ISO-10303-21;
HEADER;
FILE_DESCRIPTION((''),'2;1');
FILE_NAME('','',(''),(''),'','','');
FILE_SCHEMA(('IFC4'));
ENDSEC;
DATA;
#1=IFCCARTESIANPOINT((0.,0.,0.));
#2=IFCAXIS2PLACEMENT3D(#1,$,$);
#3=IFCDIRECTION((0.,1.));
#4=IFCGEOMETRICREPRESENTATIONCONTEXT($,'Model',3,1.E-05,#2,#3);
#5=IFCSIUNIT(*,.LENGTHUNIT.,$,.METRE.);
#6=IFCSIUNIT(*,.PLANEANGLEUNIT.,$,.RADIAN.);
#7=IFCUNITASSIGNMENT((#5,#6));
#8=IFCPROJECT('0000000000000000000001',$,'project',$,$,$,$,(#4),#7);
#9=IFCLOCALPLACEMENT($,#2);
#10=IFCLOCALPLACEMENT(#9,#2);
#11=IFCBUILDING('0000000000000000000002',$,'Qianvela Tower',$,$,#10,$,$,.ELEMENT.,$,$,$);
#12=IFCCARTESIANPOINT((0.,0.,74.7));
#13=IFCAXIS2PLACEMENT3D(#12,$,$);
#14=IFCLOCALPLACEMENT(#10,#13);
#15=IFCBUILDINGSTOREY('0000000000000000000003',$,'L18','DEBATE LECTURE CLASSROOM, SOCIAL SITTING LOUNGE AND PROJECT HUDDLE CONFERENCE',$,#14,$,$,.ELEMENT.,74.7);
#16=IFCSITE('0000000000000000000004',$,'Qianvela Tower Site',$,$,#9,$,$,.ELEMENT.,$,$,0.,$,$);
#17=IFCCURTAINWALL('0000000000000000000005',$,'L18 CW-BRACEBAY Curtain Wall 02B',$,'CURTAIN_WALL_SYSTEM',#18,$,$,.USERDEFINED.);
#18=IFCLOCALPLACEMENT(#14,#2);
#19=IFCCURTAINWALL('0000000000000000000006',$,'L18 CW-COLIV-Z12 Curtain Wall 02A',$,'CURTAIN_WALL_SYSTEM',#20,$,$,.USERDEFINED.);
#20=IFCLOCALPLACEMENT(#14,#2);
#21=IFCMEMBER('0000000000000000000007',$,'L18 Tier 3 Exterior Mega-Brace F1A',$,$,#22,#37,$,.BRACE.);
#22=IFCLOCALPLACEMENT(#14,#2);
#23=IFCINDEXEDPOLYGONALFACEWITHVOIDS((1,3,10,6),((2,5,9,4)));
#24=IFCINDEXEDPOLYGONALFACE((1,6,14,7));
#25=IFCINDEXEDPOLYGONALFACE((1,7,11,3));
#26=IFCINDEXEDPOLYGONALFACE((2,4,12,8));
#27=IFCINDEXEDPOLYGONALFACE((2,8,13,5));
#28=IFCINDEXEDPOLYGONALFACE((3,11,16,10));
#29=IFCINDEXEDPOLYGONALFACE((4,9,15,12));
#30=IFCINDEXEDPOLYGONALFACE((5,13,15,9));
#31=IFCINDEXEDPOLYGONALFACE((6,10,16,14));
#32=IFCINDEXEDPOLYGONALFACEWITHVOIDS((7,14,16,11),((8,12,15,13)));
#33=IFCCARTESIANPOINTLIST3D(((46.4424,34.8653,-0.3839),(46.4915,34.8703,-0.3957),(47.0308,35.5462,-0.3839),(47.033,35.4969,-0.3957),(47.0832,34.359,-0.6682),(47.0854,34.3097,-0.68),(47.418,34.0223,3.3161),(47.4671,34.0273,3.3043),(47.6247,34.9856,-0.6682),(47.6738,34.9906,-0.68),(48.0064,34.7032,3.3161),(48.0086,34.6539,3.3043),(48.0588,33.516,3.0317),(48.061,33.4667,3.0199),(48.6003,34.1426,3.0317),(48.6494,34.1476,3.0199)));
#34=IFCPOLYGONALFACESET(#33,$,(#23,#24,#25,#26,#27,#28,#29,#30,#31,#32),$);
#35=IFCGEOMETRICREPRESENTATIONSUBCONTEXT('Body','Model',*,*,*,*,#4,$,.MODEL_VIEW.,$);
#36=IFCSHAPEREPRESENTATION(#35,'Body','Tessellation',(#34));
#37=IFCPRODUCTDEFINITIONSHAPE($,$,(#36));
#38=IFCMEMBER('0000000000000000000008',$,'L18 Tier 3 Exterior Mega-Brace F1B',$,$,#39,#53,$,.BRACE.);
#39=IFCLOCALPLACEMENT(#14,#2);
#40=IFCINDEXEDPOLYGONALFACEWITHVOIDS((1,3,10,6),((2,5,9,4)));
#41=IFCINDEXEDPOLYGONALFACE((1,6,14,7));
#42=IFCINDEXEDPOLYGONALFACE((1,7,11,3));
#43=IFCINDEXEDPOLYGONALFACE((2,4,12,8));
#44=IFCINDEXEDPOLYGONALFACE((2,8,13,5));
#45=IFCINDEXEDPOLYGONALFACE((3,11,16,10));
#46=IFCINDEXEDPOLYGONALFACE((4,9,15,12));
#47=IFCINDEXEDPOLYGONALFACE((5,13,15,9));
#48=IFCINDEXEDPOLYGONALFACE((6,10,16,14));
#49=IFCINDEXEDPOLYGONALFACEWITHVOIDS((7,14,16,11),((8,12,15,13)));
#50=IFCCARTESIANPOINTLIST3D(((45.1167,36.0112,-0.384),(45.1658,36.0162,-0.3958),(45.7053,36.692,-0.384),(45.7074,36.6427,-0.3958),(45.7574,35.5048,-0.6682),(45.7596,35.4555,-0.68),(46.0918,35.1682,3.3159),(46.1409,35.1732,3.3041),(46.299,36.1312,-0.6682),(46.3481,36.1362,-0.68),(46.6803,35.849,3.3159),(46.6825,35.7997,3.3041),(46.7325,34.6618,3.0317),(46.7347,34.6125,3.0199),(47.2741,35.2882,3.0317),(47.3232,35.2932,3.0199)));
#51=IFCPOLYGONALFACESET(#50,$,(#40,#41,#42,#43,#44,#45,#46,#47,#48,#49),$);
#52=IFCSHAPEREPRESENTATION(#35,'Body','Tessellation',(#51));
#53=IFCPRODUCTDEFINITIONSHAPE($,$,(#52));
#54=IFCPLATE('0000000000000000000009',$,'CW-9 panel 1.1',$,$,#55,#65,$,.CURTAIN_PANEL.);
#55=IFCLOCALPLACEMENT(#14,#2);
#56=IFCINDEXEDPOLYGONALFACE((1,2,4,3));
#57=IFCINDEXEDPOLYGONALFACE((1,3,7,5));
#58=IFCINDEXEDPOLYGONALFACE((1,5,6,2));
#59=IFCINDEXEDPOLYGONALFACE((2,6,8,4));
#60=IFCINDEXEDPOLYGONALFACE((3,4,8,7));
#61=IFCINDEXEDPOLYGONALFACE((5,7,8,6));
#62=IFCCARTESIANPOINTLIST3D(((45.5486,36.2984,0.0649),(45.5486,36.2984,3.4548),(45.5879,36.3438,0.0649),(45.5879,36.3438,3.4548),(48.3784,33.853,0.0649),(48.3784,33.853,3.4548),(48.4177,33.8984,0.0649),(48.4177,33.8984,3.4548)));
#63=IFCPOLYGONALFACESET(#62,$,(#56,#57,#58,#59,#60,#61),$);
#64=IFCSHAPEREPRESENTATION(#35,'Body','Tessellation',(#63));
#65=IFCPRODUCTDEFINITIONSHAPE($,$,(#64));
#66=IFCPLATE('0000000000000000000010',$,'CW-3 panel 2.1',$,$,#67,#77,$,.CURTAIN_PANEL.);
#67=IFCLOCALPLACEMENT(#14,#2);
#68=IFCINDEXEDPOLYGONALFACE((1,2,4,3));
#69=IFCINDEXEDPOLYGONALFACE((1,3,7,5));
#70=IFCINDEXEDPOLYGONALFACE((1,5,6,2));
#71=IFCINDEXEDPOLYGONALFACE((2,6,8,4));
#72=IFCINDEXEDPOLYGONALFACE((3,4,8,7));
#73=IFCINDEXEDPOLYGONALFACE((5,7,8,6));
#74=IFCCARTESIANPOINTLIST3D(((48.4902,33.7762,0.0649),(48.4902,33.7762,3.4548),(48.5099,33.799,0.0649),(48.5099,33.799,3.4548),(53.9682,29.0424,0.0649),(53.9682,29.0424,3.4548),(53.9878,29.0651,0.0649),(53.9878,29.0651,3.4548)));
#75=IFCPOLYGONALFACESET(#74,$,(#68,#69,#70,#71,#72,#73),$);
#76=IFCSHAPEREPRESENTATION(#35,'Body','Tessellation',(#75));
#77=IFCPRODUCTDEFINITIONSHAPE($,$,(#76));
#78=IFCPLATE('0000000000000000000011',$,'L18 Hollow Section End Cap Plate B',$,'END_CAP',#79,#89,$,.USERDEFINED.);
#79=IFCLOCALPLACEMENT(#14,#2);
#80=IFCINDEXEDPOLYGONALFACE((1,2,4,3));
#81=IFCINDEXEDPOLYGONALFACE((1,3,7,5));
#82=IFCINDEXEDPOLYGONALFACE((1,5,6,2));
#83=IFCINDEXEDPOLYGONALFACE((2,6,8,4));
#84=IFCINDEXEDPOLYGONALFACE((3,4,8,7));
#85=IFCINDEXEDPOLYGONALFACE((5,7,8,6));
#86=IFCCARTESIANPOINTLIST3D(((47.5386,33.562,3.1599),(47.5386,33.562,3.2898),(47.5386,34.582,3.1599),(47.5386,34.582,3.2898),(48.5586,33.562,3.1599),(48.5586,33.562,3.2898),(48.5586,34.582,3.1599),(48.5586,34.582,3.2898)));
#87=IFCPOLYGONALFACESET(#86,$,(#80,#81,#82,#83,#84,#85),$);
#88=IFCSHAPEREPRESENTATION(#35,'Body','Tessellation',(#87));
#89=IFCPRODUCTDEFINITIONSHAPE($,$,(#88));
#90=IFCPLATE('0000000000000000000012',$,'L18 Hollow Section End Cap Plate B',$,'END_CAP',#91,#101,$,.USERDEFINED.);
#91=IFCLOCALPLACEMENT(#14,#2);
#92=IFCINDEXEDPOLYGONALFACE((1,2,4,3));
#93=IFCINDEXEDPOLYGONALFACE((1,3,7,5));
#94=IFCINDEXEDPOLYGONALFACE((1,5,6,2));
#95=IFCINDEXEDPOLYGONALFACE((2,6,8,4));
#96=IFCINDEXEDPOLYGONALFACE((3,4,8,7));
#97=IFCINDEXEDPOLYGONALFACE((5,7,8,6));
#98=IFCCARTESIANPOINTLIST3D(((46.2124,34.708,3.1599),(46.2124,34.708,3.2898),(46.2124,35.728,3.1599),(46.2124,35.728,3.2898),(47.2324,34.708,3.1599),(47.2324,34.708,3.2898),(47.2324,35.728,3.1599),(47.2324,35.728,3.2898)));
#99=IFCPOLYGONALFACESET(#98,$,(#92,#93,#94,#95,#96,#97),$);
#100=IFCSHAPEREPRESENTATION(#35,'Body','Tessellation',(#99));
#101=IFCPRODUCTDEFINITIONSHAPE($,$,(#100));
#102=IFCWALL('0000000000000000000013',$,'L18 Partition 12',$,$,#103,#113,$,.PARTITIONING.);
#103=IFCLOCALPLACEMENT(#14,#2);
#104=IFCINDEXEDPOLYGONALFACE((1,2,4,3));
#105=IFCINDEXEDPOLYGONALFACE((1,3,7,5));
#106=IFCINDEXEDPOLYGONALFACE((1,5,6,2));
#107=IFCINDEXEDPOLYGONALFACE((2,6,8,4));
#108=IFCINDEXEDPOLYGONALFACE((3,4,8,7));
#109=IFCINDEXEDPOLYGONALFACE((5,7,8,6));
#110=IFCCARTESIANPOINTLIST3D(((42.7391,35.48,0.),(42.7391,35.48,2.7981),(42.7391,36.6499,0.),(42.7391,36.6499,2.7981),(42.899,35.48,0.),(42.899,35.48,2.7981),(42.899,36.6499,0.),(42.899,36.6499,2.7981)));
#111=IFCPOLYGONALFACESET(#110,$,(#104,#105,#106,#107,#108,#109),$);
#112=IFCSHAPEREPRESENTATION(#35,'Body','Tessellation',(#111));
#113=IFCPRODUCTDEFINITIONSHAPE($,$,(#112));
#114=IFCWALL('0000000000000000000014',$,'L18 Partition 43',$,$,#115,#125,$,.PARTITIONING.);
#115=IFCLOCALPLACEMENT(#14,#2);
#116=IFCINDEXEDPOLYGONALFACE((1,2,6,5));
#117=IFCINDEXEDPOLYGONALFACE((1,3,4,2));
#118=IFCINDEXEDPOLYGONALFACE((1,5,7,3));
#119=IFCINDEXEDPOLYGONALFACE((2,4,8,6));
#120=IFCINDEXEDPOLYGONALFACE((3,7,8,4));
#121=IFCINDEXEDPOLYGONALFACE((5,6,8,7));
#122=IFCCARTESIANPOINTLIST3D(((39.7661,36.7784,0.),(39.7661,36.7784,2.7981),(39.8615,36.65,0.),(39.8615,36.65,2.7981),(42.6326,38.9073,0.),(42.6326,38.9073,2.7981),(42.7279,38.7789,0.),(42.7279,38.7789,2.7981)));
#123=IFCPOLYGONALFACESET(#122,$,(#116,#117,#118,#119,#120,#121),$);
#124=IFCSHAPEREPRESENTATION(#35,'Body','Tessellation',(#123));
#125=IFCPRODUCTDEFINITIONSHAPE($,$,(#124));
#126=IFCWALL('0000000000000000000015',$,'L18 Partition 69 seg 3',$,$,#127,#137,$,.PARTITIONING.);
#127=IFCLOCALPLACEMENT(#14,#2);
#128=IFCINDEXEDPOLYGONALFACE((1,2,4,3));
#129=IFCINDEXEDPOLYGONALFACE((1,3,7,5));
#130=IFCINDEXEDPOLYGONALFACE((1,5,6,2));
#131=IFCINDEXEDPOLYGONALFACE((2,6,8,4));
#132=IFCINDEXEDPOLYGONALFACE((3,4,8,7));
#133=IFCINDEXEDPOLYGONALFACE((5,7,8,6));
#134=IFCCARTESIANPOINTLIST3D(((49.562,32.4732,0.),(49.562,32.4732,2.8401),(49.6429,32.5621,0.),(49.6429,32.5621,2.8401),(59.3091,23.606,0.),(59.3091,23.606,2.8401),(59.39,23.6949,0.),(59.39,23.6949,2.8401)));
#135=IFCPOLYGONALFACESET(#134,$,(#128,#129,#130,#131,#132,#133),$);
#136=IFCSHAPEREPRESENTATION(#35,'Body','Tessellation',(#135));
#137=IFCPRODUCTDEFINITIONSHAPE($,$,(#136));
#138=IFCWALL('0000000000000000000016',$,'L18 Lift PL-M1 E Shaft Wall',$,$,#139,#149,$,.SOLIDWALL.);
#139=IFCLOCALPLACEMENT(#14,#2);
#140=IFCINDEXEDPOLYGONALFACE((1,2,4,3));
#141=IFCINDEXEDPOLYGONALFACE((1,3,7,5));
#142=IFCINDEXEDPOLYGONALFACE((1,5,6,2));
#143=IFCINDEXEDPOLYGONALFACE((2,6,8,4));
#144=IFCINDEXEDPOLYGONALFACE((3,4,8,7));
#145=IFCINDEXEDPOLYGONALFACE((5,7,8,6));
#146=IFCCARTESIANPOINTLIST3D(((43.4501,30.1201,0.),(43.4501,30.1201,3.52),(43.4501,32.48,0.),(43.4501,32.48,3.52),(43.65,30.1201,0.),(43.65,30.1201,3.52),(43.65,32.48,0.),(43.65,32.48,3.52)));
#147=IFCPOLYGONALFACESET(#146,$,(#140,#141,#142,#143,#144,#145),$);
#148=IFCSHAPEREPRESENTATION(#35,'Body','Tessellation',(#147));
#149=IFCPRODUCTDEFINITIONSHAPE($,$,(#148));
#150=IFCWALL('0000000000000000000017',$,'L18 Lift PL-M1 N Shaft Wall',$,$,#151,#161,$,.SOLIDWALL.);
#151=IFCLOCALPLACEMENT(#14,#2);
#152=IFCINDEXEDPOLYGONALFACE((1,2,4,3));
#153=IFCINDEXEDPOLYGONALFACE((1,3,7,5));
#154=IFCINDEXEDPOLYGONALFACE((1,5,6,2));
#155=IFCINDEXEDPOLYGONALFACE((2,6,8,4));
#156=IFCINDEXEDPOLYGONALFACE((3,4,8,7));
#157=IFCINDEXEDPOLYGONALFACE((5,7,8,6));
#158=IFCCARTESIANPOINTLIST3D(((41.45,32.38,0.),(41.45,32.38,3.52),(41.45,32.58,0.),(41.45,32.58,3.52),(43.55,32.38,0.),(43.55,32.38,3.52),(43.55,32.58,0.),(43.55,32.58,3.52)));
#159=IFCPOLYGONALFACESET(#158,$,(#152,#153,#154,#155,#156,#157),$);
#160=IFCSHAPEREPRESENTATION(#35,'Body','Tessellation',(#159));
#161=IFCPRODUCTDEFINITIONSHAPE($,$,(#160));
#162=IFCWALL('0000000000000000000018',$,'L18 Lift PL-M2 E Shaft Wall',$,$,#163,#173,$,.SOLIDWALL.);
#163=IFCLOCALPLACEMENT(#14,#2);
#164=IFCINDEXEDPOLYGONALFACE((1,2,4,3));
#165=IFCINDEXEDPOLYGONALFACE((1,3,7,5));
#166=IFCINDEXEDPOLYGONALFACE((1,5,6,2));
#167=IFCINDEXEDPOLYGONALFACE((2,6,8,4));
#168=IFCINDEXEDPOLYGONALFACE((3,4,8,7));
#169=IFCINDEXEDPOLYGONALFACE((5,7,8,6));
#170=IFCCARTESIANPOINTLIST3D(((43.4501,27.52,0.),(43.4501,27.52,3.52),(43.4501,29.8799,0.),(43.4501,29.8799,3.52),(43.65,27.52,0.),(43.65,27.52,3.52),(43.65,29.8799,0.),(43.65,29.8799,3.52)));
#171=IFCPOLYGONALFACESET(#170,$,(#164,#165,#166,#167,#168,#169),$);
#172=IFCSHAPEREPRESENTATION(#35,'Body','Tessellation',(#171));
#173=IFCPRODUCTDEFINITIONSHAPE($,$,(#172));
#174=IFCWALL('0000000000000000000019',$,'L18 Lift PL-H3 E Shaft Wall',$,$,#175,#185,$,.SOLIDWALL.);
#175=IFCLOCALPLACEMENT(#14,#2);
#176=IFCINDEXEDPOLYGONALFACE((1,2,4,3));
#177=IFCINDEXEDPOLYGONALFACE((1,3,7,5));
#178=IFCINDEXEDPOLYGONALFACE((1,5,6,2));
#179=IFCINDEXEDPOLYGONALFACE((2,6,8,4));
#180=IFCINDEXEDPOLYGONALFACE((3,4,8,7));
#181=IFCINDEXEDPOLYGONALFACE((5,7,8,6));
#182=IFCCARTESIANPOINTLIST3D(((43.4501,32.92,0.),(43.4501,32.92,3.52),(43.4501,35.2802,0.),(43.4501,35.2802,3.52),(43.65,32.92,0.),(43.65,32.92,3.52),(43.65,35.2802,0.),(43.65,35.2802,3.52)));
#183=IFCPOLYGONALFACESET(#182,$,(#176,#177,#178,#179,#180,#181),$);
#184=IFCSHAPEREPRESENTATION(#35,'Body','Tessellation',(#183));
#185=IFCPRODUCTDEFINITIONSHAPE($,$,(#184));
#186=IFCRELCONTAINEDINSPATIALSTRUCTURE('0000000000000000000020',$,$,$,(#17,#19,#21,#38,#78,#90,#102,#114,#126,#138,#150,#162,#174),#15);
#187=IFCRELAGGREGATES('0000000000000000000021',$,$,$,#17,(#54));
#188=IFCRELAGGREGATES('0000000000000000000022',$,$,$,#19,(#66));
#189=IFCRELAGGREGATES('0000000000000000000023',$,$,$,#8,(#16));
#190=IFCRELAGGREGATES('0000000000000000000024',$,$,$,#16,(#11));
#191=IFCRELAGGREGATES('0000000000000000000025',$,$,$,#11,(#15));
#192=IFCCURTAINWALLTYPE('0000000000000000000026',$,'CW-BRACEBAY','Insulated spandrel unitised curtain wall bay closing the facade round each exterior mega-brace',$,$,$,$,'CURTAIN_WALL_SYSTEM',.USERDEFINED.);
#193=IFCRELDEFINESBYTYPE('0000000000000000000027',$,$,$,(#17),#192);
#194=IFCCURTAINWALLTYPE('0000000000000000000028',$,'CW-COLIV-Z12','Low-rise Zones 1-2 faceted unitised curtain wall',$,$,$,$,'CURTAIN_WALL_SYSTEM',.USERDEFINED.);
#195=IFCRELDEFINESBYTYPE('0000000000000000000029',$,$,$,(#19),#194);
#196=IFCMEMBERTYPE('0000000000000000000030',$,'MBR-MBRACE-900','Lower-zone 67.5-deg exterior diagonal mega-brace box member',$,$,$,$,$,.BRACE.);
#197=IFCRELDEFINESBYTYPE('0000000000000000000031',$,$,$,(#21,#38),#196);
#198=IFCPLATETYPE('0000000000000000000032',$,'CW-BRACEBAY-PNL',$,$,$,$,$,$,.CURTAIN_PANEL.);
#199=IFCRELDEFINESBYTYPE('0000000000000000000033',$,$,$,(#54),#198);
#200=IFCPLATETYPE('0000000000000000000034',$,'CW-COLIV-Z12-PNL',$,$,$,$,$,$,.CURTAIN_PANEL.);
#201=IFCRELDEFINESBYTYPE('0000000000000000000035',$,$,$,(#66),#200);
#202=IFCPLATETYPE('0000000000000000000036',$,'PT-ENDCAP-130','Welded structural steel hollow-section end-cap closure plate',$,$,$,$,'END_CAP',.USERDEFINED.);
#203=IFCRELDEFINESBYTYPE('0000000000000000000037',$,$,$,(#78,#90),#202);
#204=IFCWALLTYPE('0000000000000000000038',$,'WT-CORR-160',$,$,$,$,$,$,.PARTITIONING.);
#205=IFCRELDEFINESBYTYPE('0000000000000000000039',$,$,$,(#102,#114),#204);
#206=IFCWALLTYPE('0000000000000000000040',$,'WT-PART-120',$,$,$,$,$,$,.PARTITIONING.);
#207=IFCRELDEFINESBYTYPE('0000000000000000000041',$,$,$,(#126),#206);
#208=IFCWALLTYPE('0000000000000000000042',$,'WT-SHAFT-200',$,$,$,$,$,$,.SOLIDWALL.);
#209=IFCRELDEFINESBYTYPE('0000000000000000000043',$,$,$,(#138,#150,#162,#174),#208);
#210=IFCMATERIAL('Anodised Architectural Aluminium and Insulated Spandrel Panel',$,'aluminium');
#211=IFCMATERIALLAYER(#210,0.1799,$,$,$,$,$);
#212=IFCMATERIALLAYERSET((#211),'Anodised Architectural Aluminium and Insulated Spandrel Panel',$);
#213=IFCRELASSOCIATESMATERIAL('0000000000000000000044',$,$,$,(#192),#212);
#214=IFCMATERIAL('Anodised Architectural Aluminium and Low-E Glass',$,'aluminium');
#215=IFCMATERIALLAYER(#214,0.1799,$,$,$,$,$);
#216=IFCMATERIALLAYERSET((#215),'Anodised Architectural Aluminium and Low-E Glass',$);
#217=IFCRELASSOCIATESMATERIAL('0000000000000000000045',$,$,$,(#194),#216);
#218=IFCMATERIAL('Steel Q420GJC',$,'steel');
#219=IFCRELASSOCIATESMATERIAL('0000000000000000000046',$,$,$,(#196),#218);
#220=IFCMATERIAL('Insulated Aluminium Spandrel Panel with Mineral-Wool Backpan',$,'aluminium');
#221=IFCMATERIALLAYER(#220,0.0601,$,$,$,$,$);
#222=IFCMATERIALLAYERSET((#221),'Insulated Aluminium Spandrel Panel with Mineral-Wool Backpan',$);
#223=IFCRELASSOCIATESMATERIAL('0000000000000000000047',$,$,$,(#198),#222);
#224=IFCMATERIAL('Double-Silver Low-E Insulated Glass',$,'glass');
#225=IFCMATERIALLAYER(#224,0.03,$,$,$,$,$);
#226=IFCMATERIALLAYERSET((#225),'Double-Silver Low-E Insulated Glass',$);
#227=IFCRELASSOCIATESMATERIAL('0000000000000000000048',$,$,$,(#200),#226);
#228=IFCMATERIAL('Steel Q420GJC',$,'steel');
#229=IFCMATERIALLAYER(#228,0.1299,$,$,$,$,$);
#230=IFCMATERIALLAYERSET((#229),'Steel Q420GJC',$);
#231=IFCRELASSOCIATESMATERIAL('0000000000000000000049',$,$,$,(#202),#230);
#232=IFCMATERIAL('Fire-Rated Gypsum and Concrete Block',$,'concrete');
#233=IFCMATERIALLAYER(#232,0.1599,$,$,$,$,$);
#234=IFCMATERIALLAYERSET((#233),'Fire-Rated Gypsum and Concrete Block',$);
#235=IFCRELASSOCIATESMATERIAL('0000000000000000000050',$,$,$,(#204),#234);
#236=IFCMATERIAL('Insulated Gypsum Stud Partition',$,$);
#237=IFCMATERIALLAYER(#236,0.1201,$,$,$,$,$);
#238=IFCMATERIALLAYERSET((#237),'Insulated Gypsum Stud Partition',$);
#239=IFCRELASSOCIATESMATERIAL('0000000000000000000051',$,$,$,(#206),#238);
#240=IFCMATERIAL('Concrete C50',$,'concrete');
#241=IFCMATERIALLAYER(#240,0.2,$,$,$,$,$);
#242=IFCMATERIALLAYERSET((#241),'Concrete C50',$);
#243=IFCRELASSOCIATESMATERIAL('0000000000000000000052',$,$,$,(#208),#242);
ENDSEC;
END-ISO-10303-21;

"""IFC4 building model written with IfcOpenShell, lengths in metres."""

from ifc_helpers import new_model, si_unit, direction, frame, frame_2d, origin, origin_2d, place, context, subcontext, project, spatial, rectangle, hollow_rectangle, extrude, material, layer, layer_set, material_profile, profile_set, type_object, element, aggregate, save


model = new_model("IFC4")

# Units and contexts
model_context = context("Model", 3, precision=1e-05, world=origin(), true_north=direction((0.0, 1.0)))
body_context = subcontext(model_context, "Body", "Model", "MODEL_VIEW")
ifc_project = project(units=[si_unit("LENGTHUNIT", "METRE"), si_unit("PLANEANGLEUNIT", "RADIAN")], contexts=[model_context])

# Site, building, storey
site_placement = place(None, origin())
site = spatial("IfcSite", under=ifc_project, at=site_placement, Name="Qianvela Tower Site", CompositionType="ELEMENT", RefElevation=0.0)
building_placement = place(site_placement, origin())
building = spatial("IfcBuilding", under=site, at=building_placement, Name="Qianvela Tower", CompositionType="ELEMENT")
storey_placement = place(building_placement, frame((0.0, 0.0, 74.7)))
storey = spatial("IfcBuildingStorey", under=building, at=storey_placement, Name="L18", Description="DEBATE LECTURE CLASSROOM, SOCIAL SITTING LOUNGE AND PROJECT HUDDLE CONFERENCE", CompositionType="ELEMENT", Elevation=74.7)

# Curtain walls
ifc_material_1 = material(Name="Anodised Architectural Aluminium and Insulated Spandrel Panel", Category="aluminium")
ifc_layer_1 = layer(ifc_material_1, 0.1799)
ifc_layer_set_1 = layer_set([ifc_layer_1], Name="Anodised Architectural Aluminium and Insulated Spandrel Panel")
curtain_wall_type_1 = type_object("IfcCurtainWallType", Name="CW-BRACEBAY", Description="Insulated spandrel unitised curtain wall bay closing the facade round each exterior mega-brace", ElementType="CURTAIN_WALL_SYSTEM", PredefinedType="USERDEFINED", material=ifc_layer_set_1)
curtain_wall_1_placement = place(storey_placement, origin())
curtain_wall_1 = element("IfcCurtainWall", 1, at=curtain_wall_1_placement, inside=storey, type_object=curtain_wall_type_1, Name="L18 CW-BRACEBAY Curtain Wall 02B", ObjectType="CURTAIN_WALL_SYSTEM", PredefinedType="USERDEFINED")
ifc_material_2 = material(Name="Anodised Architectural Aluminium and Low-E Glass", Category="aluminium")
ifc_layer_2 = layer(ifc_material_2, 0.1799)
ifc_layer_set_2 = layer_set([ifc_layer_2], Name="Anodised Architectural Aluminium and Low-E Glass")
curtain_wall_type_2 = type_object("IfcCurtainWallType", Name="CW-COLIV-Z12", Description="Low-rise Zones 1-2 faceted unitised curtain wall", ElementType="CURTAIN_WALL_SYSTEM", PredefinedType="USERDEFINED", material=ifc_layer_set_2)
curtain_wall_2_placement = place(storey_placement, origin())
curtain_wall_2 = element("IfcCurtainWall", 2, at=curtain_wall_2_placement, inside=storey, type_object=curtain_wall_type_2, Name="L18 CW-COLIV-Z12 Curtain Wall 02A", ObjectType="CURTAIN_WALL_SYSTEM", PredefinedType="USERDEFINED")

# Members
ifc_material_3 = material(Name="Steel Q420GJC", Category="steel")
ifc_material_profile_1 = material_profile(ifc_material_3, hollow_rectangle(XDim=0.8999, YDim=0.8999, WallThickness=0.0359, at=origin_2d()), Name="MBOX-900x900x36")
ifc_profile_set_1 = profile_set([ifc_material_profile_1], Name="Steel Q420GJC")
member_type_1 = type_object("IfcMemberType", Name="MBR-MBRACE-900", Description="Lower-zone 67.5-deg exterior diagonal mega-brace box member", PredefinedType="BRACE", material=ifc_profile_set_1)
member_1_placement = place(storey_placement, frame((47.0581, 34.928, -0.532), z_axis=(0.24899, -0.215156, 0.944305), x_axis=(0.653827, 0.756644, 0.0)))
element("IfcMember", 3, at=member_1_placement, inside=storey, type_object=member_type_1, Name="L18 Tier 3 Exterior Mega-Brace F1A", PredefinedType="BRACE", context=body_context, shape_type="SweptSolid", body=[
    extrude(hollow_rectangle(XDim=0.8999, YDim=0.8999, WallThickness=0.0359, at=origin_2d()), origin(), (0.0, 0.0, 1.0), 3.9182),
])
member_2_placement = place(storey_placement, frame((45.7324, 36.0737, -0.532), z_axis=(0.248873, -0.215162, 0.944334), x_axis=(0.654014, 0.756482, 0.0)))
element("IfcMember", 4, at=member_2_placement, inside=storey, type_object=member_type_1, Name="L18 Tier 3 Exterior Mega-Brace F1B", PredefinedType="BRACE", context=body_context, shape_type="SweptSolid", body=[
    extrude(hollow_rectangle(XDim=0.8999, YDim=0.8999, WallThickness=0.0359, at=origin_2d()), origin(), (0.0, 0.0, 1.0), 3.918),
])

# Plates
ifc_material_4 = material(Name="Insulated Aluminium Spandrel Panel with Mineral-Wool Backpan", Category="aluminium")
ifc_layer_3 = layer(ifc_material_4, 0.0601)
ifc_layer_set_3 = layer_set([ifc_layer_3], Name="Insulated Aluminium Spandrel Panel with Mineral-Wool Backpan")
plate_type_1 = type_object("IfcPlateType", Name="CW-BRACEBAY-PNL", PredefinedType="CURTAIN_PANEL", material=ifc_layer_set_3)
plate_1_placement = place(storey_placement, frame((46.9832, 35.0984, 0.0649), z_axis=(0.0, 0.0, 1.0), x_axis=(-0.75662, 0.653855, 0.0)))
plate_1 = element("IfcPlate", 5, at=plate_1_placement, type_object=plate_type_1, Name="CW-9 panel 1.1", PredefinedType="CURTAIN_PANEL", context=body_context, shape_type="SweptSolid", body=[
    extrude(rectangle(XDim=3.74, YDim=0.0601, at=origin_2d()), origin(), (0.0, 0.0, 1.0), 3.3899),
])
aggregate(curtain_wall_1, [plate_1])
ifc_material_5 = material(Name="Double-Silver Low-E Insulated Glass", Category="glass")
ifc_layer_4 = layer(ifc_material_5, 0.03)
ifc_layer_set_4 = layer_set([ifc_layer_4], Name="Double-Silver Low-E Insulated Glass")
plate_type_2 = type_object("IfcPlateType", Name="CW-COLIV-Z12-PNL", PredefinedType="CURTAIN_PANEL", material=ifc_layer_set_4)
plate_2_placement = place(storey_placement, frame((51.239, 31.4207, 0.0649), z_axis=(0.0, 0.0, 1.0), x_axis=(-0.756622, 0.653852, 0.0)))
plate_2 = element("IfcPlate", 6, at=plate_2_placement, type_object=plate_type_2, Name="CW-3 panel 2.1", PredefinedType="CURTAIN_PANEL", context=body_context, shape_type="SweptSolid", body=[
    extrude(rectangle(XDim=7.24, YDim=0.03, at=origin_2d()), origin(), (0.0, 0.0, 1.0), 3.3899),
])
aggregate(curtain_wall_2, [plate_2])

# Plates
ifc_material_6 = material(Name="Steel Q420GJC", Category="steel")
ifc_layer_5 = layer(ifc_material_6, 0.1299)
ifc_layer_set_5 = layer_set([ifc_layer_5], Name="Steel Q420GJC")
plate_type_3 = type_object("IfcPlateType", Name="PT-ENDCAP-130", Description="Welded structural steel hollow-section end-cap closure plate", ElementType="END_CAP", PredefinedType="USERDEFINED", material=ifc_layer_set_5)
for number, where, z_axis, x_axis, name in (
    (7, (48.0486, 34.072, 3.1599), (0.0, 0.0, 1.0), (1.0, 0.0, 0.0), "L18 Hollow Section End Cap Plate B"),
    (8, (46.7224, 35.218, 3.1599), (0.0, 0.0, 1.0), (1.0, 0.0, 0.0), "L18 Hollow Section End Cap Plate B"),
):
    element("IfcPlate", number, at=place(storey_placement, frame(where, z_axis=z_axis, x_axis=x_axis)), inside=storey, type_object=plate_type_3, Name=name, ObjectType="END_CAP", PredefinedType="USERDEFINED", context=body_context, shape_type="SweptSolid", body=[
        extrude(rectangle(XDim=1.02, YDim=1.02, at=origin_2d()), origin(), (0.0, 0.0, 1.0), 0.1299),
    ])

# Walls
ifc_material_7 = material(Name="Fire-Rated Gypsum and Concrete Block", Category="concrete")
ifc_layer_6 = layer(ifc_material_7, 0.1599)
ifc_layer_set_6 = layer_set([ifc_layer_6], Name="Fire-Rated Gypsum and Concrete Block")
wall_type_1 = type_object("IfcWallType", Name="WT-CORR-160", PredefinedType="PARTITIONING", material=ifc_layer_set_6)
wall_1_placement = place(storey_placement, frame((42.8191, 36.6499, 0.0), z_axis=(0.0, 0.0, 1.0), x_axis=(0.0, -1.0, 0.0)))
element("IfcWall", 9, at=wall_1_placement, inside=storey, type_object=wall_type_1, Name="L18 Partition 12", PredefinedType="PARTITIONING", context=body_context, shape_type="SweptSolid", body=[
    extrude(rectangle(XDim=1.1699, YDim=0.1599, at=frame_2d((0.585, 0.0))), origin(), (0.0, 0.0, 1.0), 2.7981),
])
wall_2_placement = place(storey_placement, frame((42.6802, 38.843, 0.0), z_axis=(0.0, 0.0, 1.0), x_axis=(-0.802806, -0.596241, 0.0)))
element("IfcWall", 10, at=wall_2_placement, inside=storey, type_object=wall_type_1, Name="L18 Partition 43", PredefinedType="PARTITIONING", context=body_context, shape_type="SweptSolid", body=[
    extrude(rectangle(XDim=3.5706, YDim=0.1599, at=frame_2d((1.7852, 0.0))), origin(), (0.0, 0.0, 1.0), 2.7981),
])
ifc_material_8 = material(Name="Insulated Gypsum Stud Partition")
ifc_layer_7 = layer(ifc_material_8, 0.1201)
ifc_layer_set_7 = layer_set([ifc_layer_7], Name="Insulated Gypsum Stud Partition")
wall_type_2 = type_object("IfcWallType", Name="WT-PART-120", PredefinedType="PARTITIONING", material=ifc_layer_set_7)
wall_3_placement = place(storey_placement, frame((49.6025, 32.5176, 0.0), z_axis=(0.0, 0.0, 1.0), x_axis=(0.739705, -0.672931, 0.0)))
element("IfcWall", 11, at=wall_3_placement, inside=storey, type_object=wall_type_2, Name="L18 Partition 69 seg 3", PredefinedType="PARTITIONING", context=body_context, shape_type="SweptSolid", body=[
    extrude(rectangle(XDim=13.177, YDim=0.1201, at=frame_2d((6.5884, 0.0))), origin(), (0.0, 0.0, 1.0), 2.8401),
])
ifc_material_9 = material(Name="Concrete C50", Category="concrete")
ifc_layer_8 = layer(ifc_material_9, 0.2)
ifc_layer_set_8 = layer_set([ifc_layer_8], Name="Concrete C50")
wall_type_3 = type_object("IfcWallType", Name="WT-SHAFT-200", PredefinedType="SOLIDWALL", material=ifc_layer_set_8)
wall_4_placement = place(storey_placement, frame((43.55, 30.1201, 0.0), z_axis=(0.0, 0.0, 1.0), x_axis=(0.0, 1.0, 0.0)))
element("IfcWall", 12, at=wall_4_placement, inside=storey, type_object=wall_type_3, Name="L18 Lift PL-M1 E Shaft Wall", PredefinedType="SOLIDWALL", context=body_context, shape_type="SweptSolid", body=[
    extrude(rectangle(XDim=2.3599, YDim=0.2, at=frame_2d((1.1799, 0.0))), origin(), (0.0, 0.0, 1.0), 3.52),
])
wall_5_placement = place(storey_placement, frame((41.45, 32.48, 0.0), z_axis=(0.0, 0.0, 1.0), x_axis=(1.0, 0.0, 0.0)))
element("IfcWall", 13, at=wall_5_placement, inside=storey, type_object=wall_type_3, Name="L18 Lift PL-M1 N Shaft Wall", PredefinedType="SOLIDWALL", context=body_context, shape_type="SweptSolid", body=[
    extrude(rectangle(XDim=2.1001, YDim=0.2, at=frame_2d((1.05, 0.0))), origin(), (0.0, 0.0, 1.0), 3.52),
])
wall_6_placement = place(storey_placement, frame((43.55, 27.52, 0.0), z_axis=(0.0, 0.0, 1.0), x_axis=(0.0, 1.0, 0.0)))
element("IfcWall", 14, at=wall_6_placement, inside=storey, type_object=wall_type_3, Name="L18 Lift PL-M2 E Shaft Wall", PredefinedType="SOLIDWALL", context=body_context, shape_type="SweptSolid", body=[
    extrude(rectangle(XDim=2.3599, YDim=0.2, at=frame_2d((1.1799, 0.0))), origin(), (0.0, 0.0, 1.0), 3.52),
])
for number, where, z_axis, x_axis, name in (
    (15, (43.55, 32.9199, 0.0), (0.0, 0.0, 1.0), (0.0, 1.0, 0.0), "L18 Lift PL-H3 E Shaft Wall"),
):
    element("IfcWall", number, at=place(storey_placement, frame(where, z_axis=z_axis, x_axis=x_axis)), inside=storey, type_object=wall_type_3, Name=name, PredefinedType="SOLIDWALL", context=body_context, shape_type="SweptSolid", body=[
        extrude(rectangle(XDim=2.3601, YDim=0.2, at=frame_2d((1.1802, 0.0))), origin(), (0.0, 0.0, 1.0), 3.52),
    ])

save(model, "model.ifc")
